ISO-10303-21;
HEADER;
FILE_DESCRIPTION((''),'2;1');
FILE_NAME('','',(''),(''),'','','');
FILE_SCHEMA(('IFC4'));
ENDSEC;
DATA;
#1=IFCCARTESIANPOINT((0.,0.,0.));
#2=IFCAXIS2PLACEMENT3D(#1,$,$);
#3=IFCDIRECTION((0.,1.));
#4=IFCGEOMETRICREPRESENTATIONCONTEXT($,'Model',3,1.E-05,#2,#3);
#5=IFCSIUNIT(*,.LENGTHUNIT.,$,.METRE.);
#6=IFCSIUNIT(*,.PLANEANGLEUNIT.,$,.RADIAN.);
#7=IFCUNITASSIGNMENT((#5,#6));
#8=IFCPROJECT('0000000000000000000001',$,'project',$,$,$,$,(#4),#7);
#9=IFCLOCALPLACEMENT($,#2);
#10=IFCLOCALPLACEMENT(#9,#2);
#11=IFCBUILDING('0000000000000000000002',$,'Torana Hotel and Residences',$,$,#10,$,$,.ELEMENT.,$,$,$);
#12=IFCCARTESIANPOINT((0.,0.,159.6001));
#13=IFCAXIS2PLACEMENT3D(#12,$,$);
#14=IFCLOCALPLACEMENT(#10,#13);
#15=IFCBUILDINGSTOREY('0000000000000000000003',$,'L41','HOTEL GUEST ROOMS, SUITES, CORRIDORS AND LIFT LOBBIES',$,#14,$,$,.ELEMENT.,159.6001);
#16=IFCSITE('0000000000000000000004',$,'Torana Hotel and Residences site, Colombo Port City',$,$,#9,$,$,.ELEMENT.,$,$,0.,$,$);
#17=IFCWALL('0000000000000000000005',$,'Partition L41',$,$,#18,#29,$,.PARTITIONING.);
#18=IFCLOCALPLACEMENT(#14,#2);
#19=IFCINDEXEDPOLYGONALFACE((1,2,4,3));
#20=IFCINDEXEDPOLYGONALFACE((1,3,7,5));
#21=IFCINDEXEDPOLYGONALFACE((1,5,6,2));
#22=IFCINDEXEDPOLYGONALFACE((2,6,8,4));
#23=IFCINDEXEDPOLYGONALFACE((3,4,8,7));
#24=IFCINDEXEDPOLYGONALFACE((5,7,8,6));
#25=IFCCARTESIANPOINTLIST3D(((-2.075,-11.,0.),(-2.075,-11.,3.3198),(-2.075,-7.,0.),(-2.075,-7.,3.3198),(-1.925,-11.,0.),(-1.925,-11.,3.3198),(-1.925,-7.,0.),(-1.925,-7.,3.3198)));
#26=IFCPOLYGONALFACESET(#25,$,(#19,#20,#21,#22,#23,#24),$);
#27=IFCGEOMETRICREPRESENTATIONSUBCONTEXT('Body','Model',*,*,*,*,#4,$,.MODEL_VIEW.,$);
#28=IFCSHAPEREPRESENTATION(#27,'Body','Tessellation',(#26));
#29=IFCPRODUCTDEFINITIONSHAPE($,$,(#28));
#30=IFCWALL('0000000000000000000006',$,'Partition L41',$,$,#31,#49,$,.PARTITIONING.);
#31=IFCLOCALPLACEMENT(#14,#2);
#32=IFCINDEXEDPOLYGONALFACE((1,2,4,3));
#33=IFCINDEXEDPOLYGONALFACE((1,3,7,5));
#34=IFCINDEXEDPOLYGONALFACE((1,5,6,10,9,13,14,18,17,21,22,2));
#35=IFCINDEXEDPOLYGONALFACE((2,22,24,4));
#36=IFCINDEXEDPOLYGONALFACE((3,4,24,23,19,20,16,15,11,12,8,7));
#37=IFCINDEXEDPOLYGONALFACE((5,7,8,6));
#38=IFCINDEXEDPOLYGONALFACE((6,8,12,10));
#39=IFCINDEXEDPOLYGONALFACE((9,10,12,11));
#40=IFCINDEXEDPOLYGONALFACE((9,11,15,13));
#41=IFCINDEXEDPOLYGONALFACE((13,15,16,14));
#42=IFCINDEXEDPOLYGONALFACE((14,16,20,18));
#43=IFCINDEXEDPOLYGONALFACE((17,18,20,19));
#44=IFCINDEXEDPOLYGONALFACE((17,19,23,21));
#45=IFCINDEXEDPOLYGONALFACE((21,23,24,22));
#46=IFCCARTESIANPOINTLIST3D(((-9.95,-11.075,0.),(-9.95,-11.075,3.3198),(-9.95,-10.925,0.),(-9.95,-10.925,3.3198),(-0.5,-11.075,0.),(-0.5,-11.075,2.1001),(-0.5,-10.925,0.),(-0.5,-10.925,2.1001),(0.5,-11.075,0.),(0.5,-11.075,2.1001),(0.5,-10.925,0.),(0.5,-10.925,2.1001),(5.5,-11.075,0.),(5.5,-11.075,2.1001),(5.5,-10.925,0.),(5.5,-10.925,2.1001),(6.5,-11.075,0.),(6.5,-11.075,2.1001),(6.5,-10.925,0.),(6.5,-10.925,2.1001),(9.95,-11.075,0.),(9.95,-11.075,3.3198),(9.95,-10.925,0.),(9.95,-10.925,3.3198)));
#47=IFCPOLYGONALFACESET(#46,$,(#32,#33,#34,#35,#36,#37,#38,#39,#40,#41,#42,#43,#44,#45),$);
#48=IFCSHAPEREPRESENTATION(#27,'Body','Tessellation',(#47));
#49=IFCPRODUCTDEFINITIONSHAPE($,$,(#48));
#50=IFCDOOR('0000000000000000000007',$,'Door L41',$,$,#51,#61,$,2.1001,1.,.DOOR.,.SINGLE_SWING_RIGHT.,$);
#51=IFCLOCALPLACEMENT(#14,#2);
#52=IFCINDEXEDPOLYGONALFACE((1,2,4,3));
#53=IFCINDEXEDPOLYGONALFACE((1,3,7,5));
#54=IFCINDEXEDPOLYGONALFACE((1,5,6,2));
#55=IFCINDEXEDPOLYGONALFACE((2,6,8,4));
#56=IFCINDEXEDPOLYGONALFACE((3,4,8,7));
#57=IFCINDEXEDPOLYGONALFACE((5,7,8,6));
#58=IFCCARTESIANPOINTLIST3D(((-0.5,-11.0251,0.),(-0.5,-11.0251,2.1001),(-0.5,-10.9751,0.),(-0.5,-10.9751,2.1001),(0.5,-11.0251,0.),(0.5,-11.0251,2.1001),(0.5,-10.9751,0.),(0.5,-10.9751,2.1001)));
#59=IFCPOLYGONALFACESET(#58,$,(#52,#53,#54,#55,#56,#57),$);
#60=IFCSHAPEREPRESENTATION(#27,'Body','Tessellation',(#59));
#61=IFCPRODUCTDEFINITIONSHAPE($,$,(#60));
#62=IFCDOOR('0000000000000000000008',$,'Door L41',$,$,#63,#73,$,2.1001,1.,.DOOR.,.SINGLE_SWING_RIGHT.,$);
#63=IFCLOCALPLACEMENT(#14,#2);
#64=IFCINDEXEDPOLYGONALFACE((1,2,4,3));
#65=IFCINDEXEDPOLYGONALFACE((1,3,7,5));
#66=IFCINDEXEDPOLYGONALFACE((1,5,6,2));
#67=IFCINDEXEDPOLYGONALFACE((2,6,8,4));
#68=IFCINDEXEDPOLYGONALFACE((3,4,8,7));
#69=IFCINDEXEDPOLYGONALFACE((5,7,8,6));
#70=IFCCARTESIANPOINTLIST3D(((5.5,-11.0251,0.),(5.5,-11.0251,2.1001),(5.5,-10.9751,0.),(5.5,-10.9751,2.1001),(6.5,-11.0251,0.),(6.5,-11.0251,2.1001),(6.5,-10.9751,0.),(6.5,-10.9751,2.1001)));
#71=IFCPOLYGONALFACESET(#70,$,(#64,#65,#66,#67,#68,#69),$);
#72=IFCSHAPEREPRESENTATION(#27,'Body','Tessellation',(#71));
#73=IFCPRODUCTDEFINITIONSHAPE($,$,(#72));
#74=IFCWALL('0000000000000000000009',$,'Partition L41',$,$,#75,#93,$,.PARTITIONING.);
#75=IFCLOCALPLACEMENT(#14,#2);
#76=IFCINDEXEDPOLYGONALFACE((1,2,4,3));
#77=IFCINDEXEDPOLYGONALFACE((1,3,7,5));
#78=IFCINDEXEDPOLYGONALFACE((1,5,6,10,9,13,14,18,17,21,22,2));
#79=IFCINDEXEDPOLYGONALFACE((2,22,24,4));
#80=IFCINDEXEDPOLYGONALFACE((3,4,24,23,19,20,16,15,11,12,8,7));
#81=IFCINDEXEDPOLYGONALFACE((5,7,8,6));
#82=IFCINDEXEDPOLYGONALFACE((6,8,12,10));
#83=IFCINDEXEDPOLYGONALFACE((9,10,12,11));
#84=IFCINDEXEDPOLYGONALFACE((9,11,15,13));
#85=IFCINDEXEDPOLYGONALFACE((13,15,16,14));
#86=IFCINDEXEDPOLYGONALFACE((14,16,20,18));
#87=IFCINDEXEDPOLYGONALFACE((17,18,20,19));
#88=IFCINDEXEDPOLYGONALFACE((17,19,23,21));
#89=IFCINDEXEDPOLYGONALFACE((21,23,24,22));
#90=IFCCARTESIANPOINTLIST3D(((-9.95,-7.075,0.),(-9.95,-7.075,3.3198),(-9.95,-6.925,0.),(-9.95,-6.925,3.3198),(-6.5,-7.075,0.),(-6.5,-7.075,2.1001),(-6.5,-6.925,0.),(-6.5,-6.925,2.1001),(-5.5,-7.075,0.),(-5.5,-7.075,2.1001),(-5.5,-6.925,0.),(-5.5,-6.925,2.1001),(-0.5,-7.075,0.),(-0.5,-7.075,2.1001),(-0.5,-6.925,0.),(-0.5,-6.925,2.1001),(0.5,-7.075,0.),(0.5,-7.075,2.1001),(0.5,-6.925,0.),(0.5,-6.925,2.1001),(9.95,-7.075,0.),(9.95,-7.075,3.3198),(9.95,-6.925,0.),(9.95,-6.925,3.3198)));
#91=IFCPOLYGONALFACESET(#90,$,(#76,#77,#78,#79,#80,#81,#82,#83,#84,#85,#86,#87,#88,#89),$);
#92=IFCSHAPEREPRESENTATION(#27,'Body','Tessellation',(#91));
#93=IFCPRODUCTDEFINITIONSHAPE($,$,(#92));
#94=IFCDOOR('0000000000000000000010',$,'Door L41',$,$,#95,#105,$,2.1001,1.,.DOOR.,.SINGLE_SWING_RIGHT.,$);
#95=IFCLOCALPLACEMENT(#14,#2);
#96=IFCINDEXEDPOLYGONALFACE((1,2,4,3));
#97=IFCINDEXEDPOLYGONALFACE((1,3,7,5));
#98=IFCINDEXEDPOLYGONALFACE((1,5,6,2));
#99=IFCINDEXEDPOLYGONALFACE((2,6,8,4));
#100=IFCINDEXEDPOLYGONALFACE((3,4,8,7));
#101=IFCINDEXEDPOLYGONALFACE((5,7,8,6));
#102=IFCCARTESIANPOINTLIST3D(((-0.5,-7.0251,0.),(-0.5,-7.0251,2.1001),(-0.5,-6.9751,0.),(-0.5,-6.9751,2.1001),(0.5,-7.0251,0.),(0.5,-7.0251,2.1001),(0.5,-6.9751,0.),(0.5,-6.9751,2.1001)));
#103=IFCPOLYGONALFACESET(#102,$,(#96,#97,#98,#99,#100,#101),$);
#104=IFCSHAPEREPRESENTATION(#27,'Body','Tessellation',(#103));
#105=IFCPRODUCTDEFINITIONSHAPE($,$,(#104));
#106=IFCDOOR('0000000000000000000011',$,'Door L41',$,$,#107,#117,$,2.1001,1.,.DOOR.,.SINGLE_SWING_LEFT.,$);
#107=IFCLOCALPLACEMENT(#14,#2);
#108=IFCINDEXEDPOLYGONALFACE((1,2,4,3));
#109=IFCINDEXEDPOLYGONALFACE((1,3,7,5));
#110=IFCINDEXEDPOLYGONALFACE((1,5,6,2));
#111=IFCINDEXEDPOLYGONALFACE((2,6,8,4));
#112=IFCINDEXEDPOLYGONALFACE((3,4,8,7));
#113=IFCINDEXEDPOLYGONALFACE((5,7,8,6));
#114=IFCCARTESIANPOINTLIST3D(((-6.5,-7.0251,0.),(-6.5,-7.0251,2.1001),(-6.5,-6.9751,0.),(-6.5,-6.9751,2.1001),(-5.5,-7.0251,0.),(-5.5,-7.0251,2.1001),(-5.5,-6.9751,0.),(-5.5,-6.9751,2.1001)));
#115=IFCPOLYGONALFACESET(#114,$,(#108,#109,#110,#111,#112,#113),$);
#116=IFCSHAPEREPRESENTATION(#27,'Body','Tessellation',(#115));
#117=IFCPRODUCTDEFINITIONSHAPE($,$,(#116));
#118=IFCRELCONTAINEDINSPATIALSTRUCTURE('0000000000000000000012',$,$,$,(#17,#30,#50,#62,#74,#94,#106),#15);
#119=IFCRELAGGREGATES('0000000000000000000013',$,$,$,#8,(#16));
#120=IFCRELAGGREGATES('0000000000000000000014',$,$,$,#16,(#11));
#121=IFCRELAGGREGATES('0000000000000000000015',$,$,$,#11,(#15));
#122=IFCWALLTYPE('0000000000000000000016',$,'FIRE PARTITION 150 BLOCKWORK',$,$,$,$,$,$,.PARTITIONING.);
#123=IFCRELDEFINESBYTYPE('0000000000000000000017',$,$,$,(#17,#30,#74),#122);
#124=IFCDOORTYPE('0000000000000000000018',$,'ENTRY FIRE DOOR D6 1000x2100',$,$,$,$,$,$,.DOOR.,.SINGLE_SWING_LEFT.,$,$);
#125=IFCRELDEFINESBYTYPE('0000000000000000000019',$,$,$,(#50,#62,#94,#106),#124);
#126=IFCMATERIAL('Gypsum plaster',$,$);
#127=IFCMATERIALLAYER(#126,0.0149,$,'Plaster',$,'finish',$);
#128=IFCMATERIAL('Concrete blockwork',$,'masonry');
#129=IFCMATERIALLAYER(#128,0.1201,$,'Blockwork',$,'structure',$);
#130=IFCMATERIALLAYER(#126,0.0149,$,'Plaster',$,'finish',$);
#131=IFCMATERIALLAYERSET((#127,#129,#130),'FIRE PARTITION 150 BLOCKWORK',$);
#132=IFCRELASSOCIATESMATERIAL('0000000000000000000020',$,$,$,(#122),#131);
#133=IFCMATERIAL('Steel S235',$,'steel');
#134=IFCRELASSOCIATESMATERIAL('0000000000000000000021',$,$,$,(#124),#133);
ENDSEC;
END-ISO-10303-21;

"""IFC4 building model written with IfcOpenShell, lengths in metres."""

from ifc_helpers import new_model, si_unit, direction, frame, frame_2d, origin, place, context, subcontext, project, spatial, rectangle, extrude, material, layer, layer_set, type_object, element, fill, save


model = new_model("IFC4")

# Units and contexts
model_context = context("Model", 3, precision=1e-05, world=origin(), true_north=direction((0.0, 1.0)))
body_context = subcontext(model_context, "Body", "Model", "MODEL_VIEW")
ifc_project = project(units=[si_unit("LENGTHUNIT", "METRE"), si_unit("PLANEANGLEUNIT", "RADIAN")], contexts=[model_context])

# Site, building, storey
site_placement = place(None, origin())
site = spatial("IfcSite", under=ifc_project, at=site_placement, Name="Torana Hotel and Residences site, Colombo Port City", CompositionType="ELEMENT", RefElevation=0.0)
building_placement = place(site_placement, origin())
building = spatial("IfcBuilding", under=site, at=building_placement, Name="Torana Hotel and Residences", CompositionType="ELEMENT")
storey_placement = place(building_placement, frame((0.0, 0.0, 159.6001)))
storey = spatial("IfcBuildingStorey", under=building, at=storey_placement, Name="L41", Description="HOTEL GUEST ROOMS, SUITES, CORRIDORS AND LIFT LOBBIES", CompositionType="ELEMENT", Elevation=159.6001)

# Wall
ifc_material_1 = material(Name="Gypsum plaster")
ifc_layer_1 = layer(ifc_material_1, 0.0149, Name="Plaster", Category="finish")
ifc_material_2 = material(Name="Concrete blockwork", Category="masonry")
ifc_layer_2 = layer(ifc_material_2, 0.1201, Name="Blockwork", Category="structure")
ifc_layer_3 = layer(ifc_material_1, 0.0149, Name="Plaster", Category="finish")
ifc_layer_set_1 = layer_set([ifc_layer_1, ifc_layer_2, ifc_layer_3], Name="FIRE PARTITION 150 BLOCKWORK")
wall_type_1 = type_object("IfcWallType", Name="FIRE PARTITION 150 BLOCKWORK", PredefinedType="PARTITIONING", material=ifc_layer_set_1)
wall_1_placement = place(storey_placement, frame((-2.0, -11.0, 0.0), z_axis=(0.0, 0.0, 1.0), x_axis=(0.0, 1.0, 0.0)))
element("IfcWall", 1, at=wall_1_placement, inside=storey, type_object=wall_type_1, Name="Partition L41", PredefinedType="PARTITIONING", context=body_context, shape_type="SweptSolid", body=[
    extrude(rectangle(XDim=4.0, YDim=0.1499, at=frame_2d((2.0, 0.0))), origin(), (0.0, 0.0, 1.0), 3.3198),
])

# Walls, openings, doors
wall_2_placement = place(storey_placement, frame((-9.95, -11.0, 0.0), z_axis=(0.0, 0.0, 1.0), x_axis=(1.0, 0.0, 0.0)))
wall_2 = element("IfcWall", 2, at=wall_2_placement, inside=storey, type_object=wall_type_1, Name="Partition L41", PredefinedType="PARTITIONING", context=body_context, shape_type="SweptSolid", body=[
    extrude(rectangle(XDim=19.8999, YDim=0.1499, at=frame_2d((9.95, 0.0))), origin(), (0.0, 0.0, 1.0), 3.3198),
])
opening_1_placement = place(wall_2_placement, frame((9.45, 0.0, 0.0)))
opening_1 = element("IfcOpeningElement", 3, at=opening_1_placement, cuts=wall_2, PredefinedType="OPENING", context=body_context, shape_type="SweptSolid", body=[
    extrude(rectangle(XDim=1.0, YDim=2.1001, at=frame_2d((0.5, 1.05))), frame((0.0, 0.085, 0.0), z_axis=(0.0, -1.0, 0.0), x_axis=(1.0, 0.0, 0.0)), (0.0, 0.0, 1.0), 0.1699),
])
opening_2_placement = place(wall_2_placement, frame((15.45, 0.0, 0.0)))
opening_2 = element("IfcOpeningElement", 4, at=opening_2_placement, cuts=wall_2, PredefinedType="OPENING", context=body_context, shape_type="SweptSolid", body=[
    extrude(rectangle(XDim=1.0, YDim=2.1001, at=frame_2d((0.5, 1.05))), frame((0.0, 0.085, 0.0), z_axis=(0.0, -1.0, 0.0), x_axis=(1.0, 0.0, 0.0)), (0.0, 0.0, 1.0), 0.1699),
])
ifc_material_3 = material(Name="Steel S235", Category="steel")
door_type_1 = type_object("IfcDoorType", Name="ENTRY FIRE DOOR D6 1000x2100", OperationType="SINGLE_SWING_LEFT", PredefinedType="DOOR", material=ifc_material_3)
door_1_placement = place(opening_1_placement, origin())
door_1 = element("IfcDoor", 5, at=door_1_placement, inside=storey, type_object=door_type_1, Name="Door L41", OperationType="SINGLE_SWING_RIGHT", OverallHeight=2.1001, OverallWidth=1.0, PredefinedType="DOOR", context=body_context, shape_type="SweptSolid", body=[
    extrude(rectangle(XDim=1.0, YDim=2.1001, at=frame_2d((0.5, 1.05))), frame((0.0, 0.0249, 0.0), z_axis=(0.0, -1.0, 0.0), x_axis=(1.0, 0.0, 0.0)), (0.0, 0.0, 1.0), 0.05),
])
fill(opening_1, door_1)
door_2_placement = place(opening_2_placement, origin())
door_2 = element("IfcDoor", 6, at=door_2_placement, inside=storey, type_object=door_type_1, Name="Door L41", OperationType="SINGLE_SWING_RIGHT", OverallHeight=2.1001, OverallWidth=1.0, PredefinedType="DOOR", context=body_context, shape_type="SweptSolid", body=[
    extrude(rectangle(XDim=1.0, YDim=2.1001, at=frame_2d((0.5, 1.05))), frame((0.0, 0.0249, 0.0), z_axis=(0.0, -1.0, 0.0), x_axis=(1.0, 0.0, 0.0)), (0.0, 0.0, 1.0), 0.05),
])
fill(opening_2, door_2)
wall_3_placement = place(storey_placement, frame((-9.95, -7.0, 0.0), z_axis=(0.0, 0.0, 1.0), x_axis=(1.0, 0.0, 0.0)))
wall_3 = element("IfcWall", 7, at=wall_3_placement, inside=storey, type_object=wall_type_1, Name="Partition L41", PredefinedType="PARTITIONING", context=body_context, shape_type="SweptSolid", body=[
    extrude(rectangle(XDim=19.8999, YDim=0.1499, at=frame_2d((9.95, 0.0))), origin(), (0.0, 0.0, 1.0), 3.3198),
])
opening_3_placement = place(wall_3_placement, frame((9.45, 0.0, 0.0)))
opening_3 = element("IfcOpeningElement", 8, at=opening_3_placement, cuts=wall_3, PredefinedType="OPENING", context=body_context, shape_type="SweptSolid", body=[
    extrude(rectangle(XDim=1.0, YDim=2.1001, at=frame_2d((0.5, 1.05))), frame((0.0, 0.085, 0.0), z_axis=(0.0, -1.0, 0.0), x_axis=(1.0, 0.0, 0.0)), (0.0, 0.0, 1.0), 0.1699),
])
opening_4_placement = place(wall_3_placement, frame((3.45, 0.0, 0.0)))
opening_4 = element("IfcOpeningElement", 9, at=opening_4_placement, cuts=wall_3, PredefinedType="OPENING", context=body_context, shape_type="SweptSolid", body=[
    extrude(rectangle(XDim=1.0, YDim=2.1001, at=frame_2d((0.5, 1.05))), frame((0.0, 0.085, 0.0), z_axis=(0.0, -1.0, 0.0), x_axis=(1.0, 0.0, 0.0)), (0.0, 0.0, 1.0), 0.1699),
])
door_3_placement = place(opening_3_placement, origin())
door_3 = element("IfcDoor", 10, at=door_3_placement, inside=storey, type_object=door_type_1, Name="Door L41", OperationType="SINGLE_SWING_RIGHT", OverallHeight=2.1001, OverallWidth=1.0, PredefinedType="DOOR", context=body_context, shape_type="SweptSolid", body=[
    extrude(rectangle(XDim=1.0, YDim=2.1001, at=frame_2d((0.5, 1.05))), frame((0.0, 0.0249, 0.0), z_axis=(0.0, -1.0, 0.0), x_axis=(1.0, 0.0, 0.0)), (0.0, 0.0, 1.0), 0.05),
])
fill(opening_3, door_3)
door_4_placement = place(opening_4_placement, frame((0.5, 0.0, 0.0), z_axis=(0.0, 0.0, 1.0), x_axis=(-1.0, 0.0, 0.0)))
door_4 = element("IfcDoor", 11, at=door_4_placement, inside=storey, type_object=door_type_1, Name="Door L41", OperationType="SINGLE_SWING_LEFT", OverallHeight=2.1001, OverallWidth=1.0, PredefinedType="DOOR", context=body_context, shape_type="SweptSolid", body=[
    extrude(rectangle(XDim=1.0, YDim=2.1001, at=frame_2d((0.0, 1.05))), frame((0.0, -0.0249, 0.0), z_axis=(0.0, 1.0, 0.0), x_axis=(-1.0, 0.0, 0.0)), (0.0, 0.0, 1.0), 0.05),
])
fill(opening_4, door_4)

save(model, "model.ifc")
